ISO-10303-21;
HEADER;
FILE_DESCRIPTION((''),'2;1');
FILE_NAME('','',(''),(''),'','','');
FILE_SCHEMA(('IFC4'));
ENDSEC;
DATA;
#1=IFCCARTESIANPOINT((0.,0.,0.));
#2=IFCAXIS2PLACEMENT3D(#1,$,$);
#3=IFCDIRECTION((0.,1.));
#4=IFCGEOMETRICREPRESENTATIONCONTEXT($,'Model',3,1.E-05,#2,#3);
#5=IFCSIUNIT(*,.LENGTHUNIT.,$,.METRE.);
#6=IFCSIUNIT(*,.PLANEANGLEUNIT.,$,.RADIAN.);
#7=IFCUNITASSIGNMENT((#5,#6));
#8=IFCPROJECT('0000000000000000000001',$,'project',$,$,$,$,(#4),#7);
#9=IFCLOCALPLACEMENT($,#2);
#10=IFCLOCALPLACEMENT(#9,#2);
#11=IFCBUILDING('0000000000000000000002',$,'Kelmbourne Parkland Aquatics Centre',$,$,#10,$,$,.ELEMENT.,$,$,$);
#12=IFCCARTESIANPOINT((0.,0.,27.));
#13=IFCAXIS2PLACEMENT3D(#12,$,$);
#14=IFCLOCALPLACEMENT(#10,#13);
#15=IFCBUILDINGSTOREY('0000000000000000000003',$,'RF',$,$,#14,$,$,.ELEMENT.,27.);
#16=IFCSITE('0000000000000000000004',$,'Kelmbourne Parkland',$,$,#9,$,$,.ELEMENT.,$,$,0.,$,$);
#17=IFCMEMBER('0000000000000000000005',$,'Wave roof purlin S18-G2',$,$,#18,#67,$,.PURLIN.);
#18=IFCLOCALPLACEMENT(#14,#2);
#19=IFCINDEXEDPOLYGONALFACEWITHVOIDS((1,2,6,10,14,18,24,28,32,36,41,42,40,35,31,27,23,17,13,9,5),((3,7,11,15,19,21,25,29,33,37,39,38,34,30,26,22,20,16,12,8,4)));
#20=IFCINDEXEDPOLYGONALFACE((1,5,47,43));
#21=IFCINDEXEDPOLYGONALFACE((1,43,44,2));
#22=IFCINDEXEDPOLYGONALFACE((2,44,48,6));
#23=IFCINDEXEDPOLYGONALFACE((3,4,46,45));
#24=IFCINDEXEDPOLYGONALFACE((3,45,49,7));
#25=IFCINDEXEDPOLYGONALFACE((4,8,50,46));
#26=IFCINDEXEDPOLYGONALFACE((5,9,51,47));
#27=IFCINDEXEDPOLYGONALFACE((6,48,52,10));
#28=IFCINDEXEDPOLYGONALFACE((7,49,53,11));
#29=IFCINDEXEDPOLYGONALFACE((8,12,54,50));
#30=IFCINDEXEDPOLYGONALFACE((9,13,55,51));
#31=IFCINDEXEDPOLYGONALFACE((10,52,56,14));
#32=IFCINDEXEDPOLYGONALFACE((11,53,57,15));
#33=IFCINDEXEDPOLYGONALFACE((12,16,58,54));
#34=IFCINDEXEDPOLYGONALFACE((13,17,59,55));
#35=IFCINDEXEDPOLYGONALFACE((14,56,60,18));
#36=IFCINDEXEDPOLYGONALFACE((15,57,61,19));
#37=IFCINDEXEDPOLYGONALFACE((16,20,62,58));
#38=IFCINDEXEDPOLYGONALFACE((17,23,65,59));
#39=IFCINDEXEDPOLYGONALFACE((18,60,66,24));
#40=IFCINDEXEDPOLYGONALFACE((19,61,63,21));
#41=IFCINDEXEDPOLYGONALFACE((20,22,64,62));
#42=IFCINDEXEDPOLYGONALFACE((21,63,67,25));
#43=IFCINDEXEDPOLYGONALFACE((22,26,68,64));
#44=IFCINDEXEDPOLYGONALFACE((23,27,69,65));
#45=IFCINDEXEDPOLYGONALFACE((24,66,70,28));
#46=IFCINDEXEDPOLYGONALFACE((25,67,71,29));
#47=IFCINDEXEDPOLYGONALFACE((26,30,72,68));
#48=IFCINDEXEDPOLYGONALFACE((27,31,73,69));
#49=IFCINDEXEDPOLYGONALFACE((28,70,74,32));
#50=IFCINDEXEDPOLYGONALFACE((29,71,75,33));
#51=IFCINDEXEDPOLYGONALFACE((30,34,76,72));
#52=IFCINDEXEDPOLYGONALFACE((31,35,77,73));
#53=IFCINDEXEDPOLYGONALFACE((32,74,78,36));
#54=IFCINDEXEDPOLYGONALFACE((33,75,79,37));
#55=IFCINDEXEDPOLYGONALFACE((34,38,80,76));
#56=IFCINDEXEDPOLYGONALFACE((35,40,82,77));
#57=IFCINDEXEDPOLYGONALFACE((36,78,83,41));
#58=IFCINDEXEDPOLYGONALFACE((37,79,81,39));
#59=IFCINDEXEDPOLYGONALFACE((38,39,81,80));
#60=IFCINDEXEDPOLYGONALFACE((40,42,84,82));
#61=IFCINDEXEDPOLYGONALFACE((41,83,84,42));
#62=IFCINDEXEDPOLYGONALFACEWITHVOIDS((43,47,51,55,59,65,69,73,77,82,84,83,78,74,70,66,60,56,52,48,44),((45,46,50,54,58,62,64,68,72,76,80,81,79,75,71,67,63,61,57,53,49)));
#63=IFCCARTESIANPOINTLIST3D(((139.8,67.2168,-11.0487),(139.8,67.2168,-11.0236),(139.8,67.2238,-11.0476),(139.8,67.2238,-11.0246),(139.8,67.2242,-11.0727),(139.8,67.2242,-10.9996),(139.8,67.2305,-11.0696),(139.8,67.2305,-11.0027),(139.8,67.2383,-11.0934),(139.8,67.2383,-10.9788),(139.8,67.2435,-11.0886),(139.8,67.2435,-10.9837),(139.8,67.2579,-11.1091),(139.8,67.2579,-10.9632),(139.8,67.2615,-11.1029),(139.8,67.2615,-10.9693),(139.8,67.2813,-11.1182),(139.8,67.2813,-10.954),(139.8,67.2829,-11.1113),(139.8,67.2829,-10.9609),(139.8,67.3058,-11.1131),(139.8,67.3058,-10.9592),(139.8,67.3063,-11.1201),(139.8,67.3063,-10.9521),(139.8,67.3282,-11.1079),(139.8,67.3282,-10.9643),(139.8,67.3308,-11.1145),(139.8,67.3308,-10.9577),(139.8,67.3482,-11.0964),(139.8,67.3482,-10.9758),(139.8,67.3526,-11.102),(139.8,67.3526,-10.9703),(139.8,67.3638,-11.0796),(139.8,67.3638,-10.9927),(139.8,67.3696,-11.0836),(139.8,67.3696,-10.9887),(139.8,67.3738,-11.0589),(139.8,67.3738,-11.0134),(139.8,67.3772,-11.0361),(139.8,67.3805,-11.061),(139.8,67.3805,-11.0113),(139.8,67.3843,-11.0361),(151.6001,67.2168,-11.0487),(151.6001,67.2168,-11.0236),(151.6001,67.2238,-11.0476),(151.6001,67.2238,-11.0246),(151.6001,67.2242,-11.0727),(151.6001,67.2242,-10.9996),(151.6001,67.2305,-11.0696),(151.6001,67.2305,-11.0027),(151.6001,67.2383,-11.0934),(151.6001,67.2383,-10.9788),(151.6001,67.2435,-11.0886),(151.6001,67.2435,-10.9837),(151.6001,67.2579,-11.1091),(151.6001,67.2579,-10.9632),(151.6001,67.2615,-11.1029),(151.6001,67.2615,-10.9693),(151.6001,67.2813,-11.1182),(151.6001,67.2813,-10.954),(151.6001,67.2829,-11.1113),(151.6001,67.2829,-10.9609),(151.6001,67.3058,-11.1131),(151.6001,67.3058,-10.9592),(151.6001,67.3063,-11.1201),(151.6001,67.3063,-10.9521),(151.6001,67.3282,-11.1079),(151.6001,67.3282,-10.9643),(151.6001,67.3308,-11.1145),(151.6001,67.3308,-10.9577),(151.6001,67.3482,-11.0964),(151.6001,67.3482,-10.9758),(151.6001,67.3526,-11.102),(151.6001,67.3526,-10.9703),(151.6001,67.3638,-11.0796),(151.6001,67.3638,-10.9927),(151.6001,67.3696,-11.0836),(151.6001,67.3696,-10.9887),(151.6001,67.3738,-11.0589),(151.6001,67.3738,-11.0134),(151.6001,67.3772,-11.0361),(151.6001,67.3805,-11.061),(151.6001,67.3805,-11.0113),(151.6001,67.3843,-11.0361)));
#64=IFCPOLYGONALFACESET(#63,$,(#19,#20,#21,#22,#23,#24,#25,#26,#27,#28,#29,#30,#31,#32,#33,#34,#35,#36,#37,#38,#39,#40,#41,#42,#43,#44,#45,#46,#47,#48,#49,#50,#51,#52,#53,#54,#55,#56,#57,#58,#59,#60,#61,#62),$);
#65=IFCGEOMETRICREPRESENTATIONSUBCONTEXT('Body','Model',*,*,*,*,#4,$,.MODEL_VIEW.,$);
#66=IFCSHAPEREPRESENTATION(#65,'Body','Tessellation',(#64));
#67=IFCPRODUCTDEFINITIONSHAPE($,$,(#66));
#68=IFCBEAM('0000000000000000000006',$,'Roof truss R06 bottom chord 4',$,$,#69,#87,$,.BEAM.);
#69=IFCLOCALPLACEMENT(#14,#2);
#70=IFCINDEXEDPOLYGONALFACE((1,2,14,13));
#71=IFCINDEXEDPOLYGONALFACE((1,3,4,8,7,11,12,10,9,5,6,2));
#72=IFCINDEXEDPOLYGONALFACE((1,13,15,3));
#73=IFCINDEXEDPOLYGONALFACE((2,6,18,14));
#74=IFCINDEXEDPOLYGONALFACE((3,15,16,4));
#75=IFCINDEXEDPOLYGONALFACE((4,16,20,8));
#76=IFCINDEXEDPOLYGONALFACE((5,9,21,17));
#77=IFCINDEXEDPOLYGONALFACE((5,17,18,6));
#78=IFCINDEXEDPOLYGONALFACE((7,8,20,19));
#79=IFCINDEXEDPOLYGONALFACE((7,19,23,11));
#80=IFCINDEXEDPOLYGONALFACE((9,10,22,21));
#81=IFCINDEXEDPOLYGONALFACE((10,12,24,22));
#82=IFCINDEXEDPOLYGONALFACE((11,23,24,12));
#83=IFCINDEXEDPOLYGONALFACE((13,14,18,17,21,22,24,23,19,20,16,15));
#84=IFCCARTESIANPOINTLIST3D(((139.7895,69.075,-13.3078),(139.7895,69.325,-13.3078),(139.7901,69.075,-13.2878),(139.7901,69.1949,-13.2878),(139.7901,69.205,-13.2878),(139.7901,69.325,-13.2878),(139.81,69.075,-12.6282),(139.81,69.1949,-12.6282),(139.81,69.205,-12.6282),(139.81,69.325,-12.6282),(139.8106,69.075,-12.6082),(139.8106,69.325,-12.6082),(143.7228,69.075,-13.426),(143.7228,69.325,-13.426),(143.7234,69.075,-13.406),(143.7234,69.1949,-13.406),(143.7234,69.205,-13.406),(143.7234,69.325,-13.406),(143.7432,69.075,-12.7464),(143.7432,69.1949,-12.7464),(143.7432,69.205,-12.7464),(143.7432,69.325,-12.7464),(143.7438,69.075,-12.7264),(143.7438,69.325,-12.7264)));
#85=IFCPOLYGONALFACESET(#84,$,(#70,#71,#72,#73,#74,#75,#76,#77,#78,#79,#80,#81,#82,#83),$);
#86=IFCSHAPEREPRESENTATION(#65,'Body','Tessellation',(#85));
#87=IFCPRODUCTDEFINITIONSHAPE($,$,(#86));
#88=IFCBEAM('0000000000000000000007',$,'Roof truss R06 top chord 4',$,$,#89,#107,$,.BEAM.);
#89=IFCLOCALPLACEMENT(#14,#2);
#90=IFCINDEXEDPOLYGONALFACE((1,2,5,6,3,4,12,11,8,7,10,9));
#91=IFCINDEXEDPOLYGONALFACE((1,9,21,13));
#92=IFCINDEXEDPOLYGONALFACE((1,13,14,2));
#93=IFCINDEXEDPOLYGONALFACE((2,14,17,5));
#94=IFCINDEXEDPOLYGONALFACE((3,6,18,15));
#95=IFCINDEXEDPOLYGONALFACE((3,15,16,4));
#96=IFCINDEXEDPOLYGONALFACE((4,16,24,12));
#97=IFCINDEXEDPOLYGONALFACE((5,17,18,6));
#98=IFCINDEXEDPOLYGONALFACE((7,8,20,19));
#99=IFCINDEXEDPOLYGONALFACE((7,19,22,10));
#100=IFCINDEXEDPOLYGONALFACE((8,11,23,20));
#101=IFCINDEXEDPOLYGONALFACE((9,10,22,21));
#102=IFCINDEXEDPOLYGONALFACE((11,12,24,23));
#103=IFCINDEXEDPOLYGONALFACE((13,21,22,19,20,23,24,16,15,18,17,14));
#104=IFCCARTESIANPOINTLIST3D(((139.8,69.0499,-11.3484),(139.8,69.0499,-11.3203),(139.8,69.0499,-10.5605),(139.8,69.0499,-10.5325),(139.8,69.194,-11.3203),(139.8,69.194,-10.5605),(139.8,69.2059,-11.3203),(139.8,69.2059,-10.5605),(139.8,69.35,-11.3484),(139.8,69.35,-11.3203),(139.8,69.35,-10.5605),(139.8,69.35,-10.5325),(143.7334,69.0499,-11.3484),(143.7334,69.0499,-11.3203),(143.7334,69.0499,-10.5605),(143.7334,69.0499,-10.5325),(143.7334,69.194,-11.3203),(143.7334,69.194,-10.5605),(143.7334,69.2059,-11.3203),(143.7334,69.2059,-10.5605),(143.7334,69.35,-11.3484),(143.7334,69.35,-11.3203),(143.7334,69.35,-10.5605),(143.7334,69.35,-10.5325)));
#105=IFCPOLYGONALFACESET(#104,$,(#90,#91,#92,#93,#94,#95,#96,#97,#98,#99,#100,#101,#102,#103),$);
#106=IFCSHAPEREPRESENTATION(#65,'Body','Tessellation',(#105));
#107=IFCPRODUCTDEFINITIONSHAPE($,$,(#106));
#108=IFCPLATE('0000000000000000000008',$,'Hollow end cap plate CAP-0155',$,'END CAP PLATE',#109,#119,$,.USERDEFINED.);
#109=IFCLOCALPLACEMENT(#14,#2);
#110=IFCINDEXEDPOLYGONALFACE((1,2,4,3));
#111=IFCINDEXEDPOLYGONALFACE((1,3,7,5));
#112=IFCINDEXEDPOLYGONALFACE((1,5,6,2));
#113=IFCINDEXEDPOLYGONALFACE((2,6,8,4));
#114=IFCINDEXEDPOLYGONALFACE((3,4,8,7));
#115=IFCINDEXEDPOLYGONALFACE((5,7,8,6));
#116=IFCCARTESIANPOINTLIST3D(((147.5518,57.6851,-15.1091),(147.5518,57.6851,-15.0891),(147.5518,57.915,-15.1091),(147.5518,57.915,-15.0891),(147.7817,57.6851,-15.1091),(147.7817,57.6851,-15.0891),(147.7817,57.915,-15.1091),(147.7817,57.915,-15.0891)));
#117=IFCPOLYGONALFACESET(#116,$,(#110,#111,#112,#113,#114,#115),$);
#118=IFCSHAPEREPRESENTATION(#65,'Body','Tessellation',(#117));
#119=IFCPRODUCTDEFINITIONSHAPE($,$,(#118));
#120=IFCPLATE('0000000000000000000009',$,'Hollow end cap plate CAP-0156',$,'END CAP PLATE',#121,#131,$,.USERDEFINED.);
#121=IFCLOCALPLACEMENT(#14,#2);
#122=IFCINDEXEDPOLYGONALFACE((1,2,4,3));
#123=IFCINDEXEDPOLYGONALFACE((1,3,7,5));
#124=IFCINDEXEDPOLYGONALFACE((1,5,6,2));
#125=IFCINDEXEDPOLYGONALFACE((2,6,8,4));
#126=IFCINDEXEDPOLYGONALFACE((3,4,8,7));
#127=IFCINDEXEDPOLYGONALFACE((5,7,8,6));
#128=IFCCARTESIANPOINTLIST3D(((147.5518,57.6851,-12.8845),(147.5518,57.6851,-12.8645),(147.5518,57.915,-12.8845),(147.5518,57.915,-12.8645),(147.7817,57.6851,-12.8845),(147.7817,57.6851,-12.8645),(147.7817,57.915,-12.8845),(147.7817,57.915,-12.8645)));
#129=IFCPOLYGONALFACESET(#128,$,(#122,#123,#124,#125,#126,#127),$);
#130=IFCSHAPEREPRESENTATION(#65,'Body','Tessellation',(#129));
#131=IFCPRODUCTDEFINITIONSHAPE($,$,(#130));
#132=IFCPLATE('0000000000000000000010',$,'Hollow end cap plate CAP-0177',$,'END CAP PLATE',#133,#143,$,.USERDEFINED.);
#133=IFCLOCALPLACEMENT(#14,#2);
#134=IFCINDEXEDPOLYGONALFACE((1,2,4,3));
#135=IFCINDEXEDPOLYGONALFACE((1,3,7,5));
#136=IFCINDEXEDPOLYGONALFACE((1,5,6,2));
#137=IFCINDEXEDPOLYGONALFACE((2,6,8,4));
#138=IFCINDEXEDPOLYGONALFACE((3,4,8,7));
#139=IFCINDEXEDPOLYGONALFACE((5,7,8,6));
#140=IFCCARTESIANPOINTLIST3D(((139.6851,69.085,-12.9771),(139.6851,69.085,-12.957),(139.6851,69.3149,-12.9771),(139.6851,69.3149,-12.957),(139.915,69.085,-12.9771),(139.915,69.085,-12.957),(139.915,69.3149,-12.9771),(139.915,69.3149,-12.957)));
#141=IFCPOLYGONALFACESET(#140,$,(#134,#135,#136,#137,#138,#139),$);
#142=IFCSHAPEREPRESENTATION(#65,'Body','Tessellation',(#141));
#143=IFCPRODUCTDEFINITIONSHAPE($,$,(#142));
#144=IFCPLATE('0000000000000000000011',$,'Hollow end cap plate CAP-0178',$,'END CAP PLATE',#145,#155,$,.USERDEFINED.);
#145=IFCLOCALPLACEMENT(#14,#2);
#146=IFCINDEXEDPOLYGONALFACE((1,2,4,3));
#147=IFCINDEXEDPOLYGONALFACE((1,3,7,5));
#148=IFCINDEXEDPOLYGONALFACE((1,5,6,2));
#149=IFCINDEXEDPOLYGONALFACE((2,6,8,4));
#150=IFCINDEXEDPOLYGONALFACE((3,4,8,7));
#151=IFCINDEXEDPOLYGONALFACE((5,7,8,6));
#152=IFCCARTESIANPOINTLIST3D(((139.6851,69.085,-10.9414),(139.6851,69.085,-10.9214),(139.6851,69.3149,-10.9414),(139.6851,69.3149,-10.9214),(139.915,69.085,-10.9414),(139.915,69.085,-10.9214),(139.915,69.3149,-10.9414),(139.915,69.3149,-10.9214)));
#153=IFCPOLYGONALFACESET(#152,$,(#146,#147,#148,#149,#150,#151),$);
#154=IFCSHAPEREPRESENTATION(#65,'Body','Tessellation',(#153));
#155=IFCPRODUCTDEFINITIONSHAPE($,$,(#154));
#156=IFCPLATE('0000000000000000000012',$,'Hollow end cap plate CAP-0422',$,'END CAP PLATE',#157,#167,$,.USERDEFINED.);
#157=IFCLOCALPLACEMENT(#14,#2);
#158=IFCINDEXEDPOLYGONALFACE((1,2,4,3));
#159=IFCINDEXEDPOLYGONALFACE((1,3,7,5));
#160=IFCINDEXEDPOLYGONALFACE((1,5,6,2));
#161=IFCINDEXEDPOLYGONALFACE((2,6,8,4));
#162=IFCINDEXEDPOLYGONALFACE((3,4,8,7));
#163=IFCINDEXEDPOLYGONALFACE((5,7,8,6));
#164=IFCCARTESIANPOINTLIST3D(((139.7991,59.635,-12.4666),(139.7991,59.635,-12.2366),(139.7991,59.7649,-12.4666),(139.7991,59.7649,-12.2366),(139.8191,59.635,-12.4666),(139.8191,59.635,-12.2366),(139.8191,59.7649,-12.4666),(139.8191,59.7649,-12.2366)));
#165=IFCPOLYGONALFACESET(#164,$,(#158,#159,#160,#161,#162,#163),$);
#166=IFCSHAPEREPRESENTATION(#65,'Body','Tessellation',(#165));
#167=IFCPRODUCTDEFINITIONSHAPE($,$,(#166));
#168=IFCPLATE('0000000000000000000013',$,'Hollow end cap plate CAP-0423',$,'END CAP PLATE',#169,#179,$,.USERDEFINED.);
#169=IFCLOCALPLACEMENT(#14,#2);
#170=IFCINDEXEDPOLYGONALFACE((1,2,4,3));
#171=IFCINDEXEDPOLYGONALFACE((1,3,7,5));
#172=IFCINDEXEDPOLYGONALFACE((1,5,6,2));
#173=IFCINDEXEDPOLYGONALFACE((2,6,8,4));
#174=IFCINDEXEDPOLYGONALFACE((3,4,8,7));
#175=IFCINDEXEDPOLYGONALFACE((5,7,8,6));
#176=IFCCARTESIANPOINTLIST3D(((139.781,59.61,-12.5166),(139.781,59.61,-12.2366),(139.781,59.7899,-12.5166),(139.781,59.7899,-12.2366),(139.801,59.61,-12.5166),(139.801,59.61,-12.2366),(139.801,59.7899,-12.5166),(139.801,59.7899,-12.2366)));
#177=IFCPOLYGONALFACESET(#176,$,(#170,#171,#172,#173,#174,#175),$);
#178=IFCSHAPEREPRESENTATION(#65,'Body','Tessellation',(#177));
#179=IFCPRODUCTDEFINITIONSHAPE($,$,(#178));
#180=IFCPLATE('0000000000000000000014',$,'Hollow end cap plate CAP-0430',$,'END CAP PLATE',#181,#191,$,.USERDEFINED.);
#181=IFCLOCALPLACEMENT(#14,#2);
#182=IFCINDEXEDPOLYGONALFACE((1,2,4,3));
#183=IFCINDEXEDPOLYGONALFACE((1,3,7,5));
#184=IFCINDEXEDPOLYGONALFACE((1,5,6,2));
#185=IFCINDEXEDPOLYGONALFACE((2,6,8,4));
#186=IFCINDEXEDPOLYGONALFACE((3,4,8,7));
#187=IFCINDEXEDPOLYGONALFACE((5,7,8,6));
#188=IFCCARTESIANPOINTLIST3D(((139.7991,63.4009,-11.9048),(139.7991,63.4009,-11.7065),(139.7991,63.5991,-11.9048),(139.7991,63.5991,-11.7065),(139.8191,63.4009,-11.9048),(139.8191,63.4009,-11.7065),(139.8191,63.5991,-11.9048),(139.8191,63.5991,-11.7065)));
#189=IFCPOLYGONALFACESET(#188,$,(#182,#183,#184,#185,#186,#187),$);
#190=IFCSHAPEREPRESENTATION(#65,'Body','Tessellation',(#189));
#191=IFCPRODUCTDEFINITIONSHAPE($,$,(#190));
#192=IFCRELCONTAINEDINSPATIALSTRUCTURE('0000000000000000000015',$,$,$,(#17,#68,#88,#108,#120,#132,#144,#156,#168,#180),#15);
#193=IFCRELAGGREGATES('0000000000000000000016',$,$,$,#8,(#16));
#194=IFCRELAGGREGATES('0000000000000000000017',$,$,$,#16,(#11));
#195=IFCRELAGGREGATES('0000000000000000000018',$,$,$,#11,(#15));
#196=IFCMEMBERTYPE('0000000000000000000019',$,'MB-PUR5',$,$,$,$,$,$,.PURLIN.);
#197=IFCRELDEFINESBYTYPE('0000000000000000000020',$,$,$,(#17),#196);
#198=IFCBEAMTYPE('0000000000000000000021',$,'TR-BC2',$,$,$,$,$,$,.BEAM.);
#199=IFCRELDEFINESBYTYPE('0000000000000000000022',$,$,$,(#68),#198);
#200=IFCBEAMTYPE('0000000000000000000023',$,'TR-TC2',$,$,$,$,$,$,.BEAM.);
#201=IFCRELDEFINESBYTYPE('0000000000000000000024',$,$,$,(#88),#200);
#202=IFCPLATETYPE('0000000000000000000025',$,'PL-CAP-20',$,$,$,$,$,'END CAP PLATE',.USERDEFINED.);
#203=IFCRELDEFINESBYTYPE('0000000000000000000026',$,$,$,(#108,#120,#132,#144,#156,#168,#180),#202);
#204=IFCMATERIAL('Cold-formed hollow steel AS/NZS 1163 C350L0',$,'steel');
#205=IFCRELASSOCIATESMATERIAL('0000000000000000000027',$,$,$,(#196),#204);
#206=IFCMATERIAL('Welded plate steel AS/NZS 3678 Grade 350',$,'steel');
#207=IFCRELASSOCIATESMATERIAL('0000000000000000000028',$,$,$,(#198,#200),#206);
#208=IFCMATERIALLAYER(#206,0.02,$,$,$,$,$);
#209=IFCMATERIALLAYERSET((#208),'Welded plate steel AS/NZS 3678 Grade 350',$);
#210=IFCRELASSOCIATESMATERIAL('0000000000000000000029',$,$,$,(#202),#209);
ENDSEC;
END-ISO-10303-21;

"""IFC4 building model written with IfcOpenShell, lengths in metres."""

from ifc_helpers import new_model, si_unit, direction, frame, origin, origin_2d, place, context, subcontext, project, spatial, rectangle, hollow_circle, i_section, extrude, material, layer, layer_set, material_profile, profile_set, type_object, element, save


model = new_model("IFC4")

# Units and contexts
model_context = context("Model", 3, precision=1e-05, world=origin(), true_north=direction((0.0, 1.0)))
body_context = subcontext(model_context, "Body", "Model", "MODEL_VIEW")
ifc_project = project(units=[si_unit("LENGTHUNIT", "METRE"), si_unit("PLANEANGLEUNIT", "RADIAN")], contexts=[model_context])

# Site, building, storey
site_placement = place(None, origin())
site = spatial("IfcSite", under=ifc_project, at=site_placement, Name="Kelmbourne Parkland", CompositionType="ELEMENT", RefElevation=0.0)
building_placement = place(site_placement, origin())
building = spatial("IfcBuilding", under=site, at=building_placement, Name="Kelmbourne Parkland Aquatics Centre", CompositionType="ELEMENT")
storey_placement = place(building_placement, frame((0.0, 0.0, 27.0)))
storey = spatial("IfcBuildingStorey", under=building, at=storey_placement, Name="RF", CompositionType="ELEMENT", Elevation=27.0)

# Member
ifc_material_1 = material(Name="Cold-formed hollow steel AS/NZS 1163 C350L0", Category="steel")
ifc_material_profile_1 = material_profile(ifc_material_1, hollow_circle(Radius=0.0842, WallThickness=0.0071, at=origin_2d()), Name="CHS 168.3x7.1")
ifc_profile_set_1 = profile_set([ifc_material_profile_1], Name="Cold-formed hollow steel AS/NZS 1163 C350L0")
member_type_1 = type_object("IfcMemberType", Name="MB-PUR5", PredefinedType="PURLIN", material=ifc_profile_set_1)
member_1_placement = place(storey_placement, frame((139.8, 67.3, -11.0361), z_axis=(1.0, 0.0, 0.0), x_axis=(0.0, 1.0, 0.0)))
element("IfcMember", 1, at=member_1_placement, inside=storey, type_object=member_type_1, Name="Wave roof purlin S18-G2", PredefinedType="PURLIN", context=body_context, shape_type="SweptSolid", body=[
    extrude(hollow_circle(Radius=0.0842, WallThickness=0.0071, at=origin_2d()), origin(), (0.0, 0.0, 1.0), 11.8),
])

# Beams
ifc_material_2 = material(Name="Welded plate steel AS/NZS 3678 Grade 350", Category="steel")
ifc_material_profile_2 = material_profile(ifc_material_2, i_section(OverallWidth=0.25, OverallDepth=0.7, WebThickness=0.01, FlangeThickness=0.02, at=origin_2d()), Name="700WB130")
ifc_profile_set_2 = profile_set([ifc_material_profile_2], Name="Welded plate steel AS/NZS 3678 Grade 350")
beam_type_1 = type_object("IfcBeamType", Name="TR-BC2", PredefinedType="BEAM", material=ifc_profile_set_2)
beam_1_placement = place(storey_placement, frame((139.8, 69.2, -12.958), z_axis=(0.999549, 0.0, -0.030028), x_axis=(0.0, 1.0, 0.0)))
element("IfcBeam", 2, at=beam_1_placement, inside=storey, type_object=beam_type_1, Name="Roof truss R06 bottom chord 4", PredefinedType="BEAM", context=body_context, shape_type="SweptSolid", body=[
    extrude(i_section(OverallWidth=0.25, OverallDepth=0.7, WebThickness=0.01, FlangeThickness=0.02, at=origin_2d()), origin(), (0.0, 0.0, 1.0), 3.9351),
])
ifc_material_profile_3 = material_profile(ifc_material_2, i_section(OverallWidth=0.3, OverallDepth=0.8159, WebThickness=0.012, FlangeThickness=0.0281, at=origin_2d()), Name="800WB192")
ifc_profile_set_3 = profile_set([ifc_material_profile_3], Name="Welded plate steel AS/NZS 3678 Grade 350")
beam_type_2 = type_object("IfcBeamType", Name="TR-TC2", PredefinedType="BEAM", material=ifc_profile_set_3)
beam_2_placement = place(storey_placement, frame((139.8, 69.2, -10.9404), z_axis=(1.0, 0.0, 0.0), x_axis=(0.0, 1.0, 0.0)))
element("IfcBeam", 3, at=beam_2_placement, inside=storey, type_object=beam_type_2, Name="Roof truss R06 top chord 4", PredefinedType="BEAM", context=body_context, shape_type="SweptSolid", body=[
    extrude(i_section(OverallWidth=0.3, OverallDepth=0.8159, WebThickness=0.012, FlangeThickness=0.0281, at=origin_2d()), origin(), (0.0, 0.0, 1.0), 3.9333),
])

# Plates
ifc_layer_1 = layer(ifc_material_2, 0.02)
ifc_layer_set_1 = layer_set([ifc_layer_1], Name="Welded plate steel AS/NZS 3678 Grade 350")
plate_type_1 = type_object("IfcPlateType", Name="PL-CAP-20", ElementType="END CAP PLATE", PredefinedType="USERDEFINED", material=ifc_layer_set_1)
for number, where, z_axis, x_axis, name in (
    (4, (147.6667, 57.8, -15.1091), (0.0, 0.0, 1.0), (1.0, 0.0, 0.0), "Hollow end cap plate CAP-0155"),
    (5, (147.6667, 57.8, -12.8845), (0.0, 0.0, 1.0), (1.0, 0.0, 0.0), "Hollow end cap plate CAP-0156"),
    (6, (139.8, 69.2, -12.9771), (0.0, 0.0, 1.0), (1.0, 0.0, 0.0), "Hollow end cap plate CAP-0177"),
    (7, (139.8, 69.2, -10.9414), (0.0, 0.0, 1.0), (1.0, 0.0, 0.0), "Hollow end cap plate CAP-0178"),
):
    element("IfcPlate", number, at=place(storey_placement, frame(where, z_axis=z_axis, x_axis=x_axis)), inside=storey, type_object=plate_type_1, Name=name, ObjectType="END CAP PLATE", PredefinedType="USERDEFINED", context=body_context, shape_type="SweptSolid", body=[
        extrude(rectangle(XDim=0.23, YDim=0.23, at=origin_2d()), origin(), (0.0, 0.0, 1.0), 0.02),
    ])
plate_1_placement = place(storey_placement, frame((139.8091, 59.7, -12.4666), z_axis=(0.0, 0.0, 1.0), x_axis=(1.0, 0.0, 0.0)))
element("IfcPlate", 8, at=plate_1_placement, inside=storey, type_object=plate_type_1, Name="Hollow end cap plate CAP-0422", ObjectType="END CAP PLATE", PredefinedType="USERDEFINED", context=body_context, shape_type="SweptSolid", body=[
    extrude(rectangle(XDim=0.02, YDim=0.1299, at=origin_2d()), origin(), (0.0, 0.0, 1.0), 0.23),
])
plate_2_placement = place(storey_placement, frame((139.791, 59.7, -12.5166), z_axis=(0.0, 0.0, 1.0), x_axis=(-1.0, 0.0, 0.0)))
element("IfcPlate", 9, at=plate_2_placement, inside=storey, type_object=plate_type_1, Name="Hollow end cap plate CAP-0423", ObjectType="END CAP PLATE", PredefinedType="USERDEFINED", context=body_context, shape_type="SweptSolid", body=[
    extrude(rectangle(XDim=0.02, YDim=0.1799, at=origin_2d()), origin(), (0.0, 0.0, 1.0), 0.28),
])
plate_3_placement = place(storey_placement, frame((139.8091, 63.5, -11.9048), z_axis=(0.0, 0.0, 1.0), x_axis=(1.0, 0.0, 0.0)))
element("IfcPlate", 10, at=plate_3_placement, inside=storey, type_object=plate_type_1, Name="Hollow end cap plate CAP-0430", ObjectType="END CAP PLATE", PredefinedType="USERDEFINED", context=body_context, shape_type="SweptSolid", body=[
    extrude(rectangle(XDim=0.02, YDim=0.1982, at=origin_2d()), origin(), (0.0, 0.0, 1.0), 0.1982),
])

save(model, "model.ifc")
